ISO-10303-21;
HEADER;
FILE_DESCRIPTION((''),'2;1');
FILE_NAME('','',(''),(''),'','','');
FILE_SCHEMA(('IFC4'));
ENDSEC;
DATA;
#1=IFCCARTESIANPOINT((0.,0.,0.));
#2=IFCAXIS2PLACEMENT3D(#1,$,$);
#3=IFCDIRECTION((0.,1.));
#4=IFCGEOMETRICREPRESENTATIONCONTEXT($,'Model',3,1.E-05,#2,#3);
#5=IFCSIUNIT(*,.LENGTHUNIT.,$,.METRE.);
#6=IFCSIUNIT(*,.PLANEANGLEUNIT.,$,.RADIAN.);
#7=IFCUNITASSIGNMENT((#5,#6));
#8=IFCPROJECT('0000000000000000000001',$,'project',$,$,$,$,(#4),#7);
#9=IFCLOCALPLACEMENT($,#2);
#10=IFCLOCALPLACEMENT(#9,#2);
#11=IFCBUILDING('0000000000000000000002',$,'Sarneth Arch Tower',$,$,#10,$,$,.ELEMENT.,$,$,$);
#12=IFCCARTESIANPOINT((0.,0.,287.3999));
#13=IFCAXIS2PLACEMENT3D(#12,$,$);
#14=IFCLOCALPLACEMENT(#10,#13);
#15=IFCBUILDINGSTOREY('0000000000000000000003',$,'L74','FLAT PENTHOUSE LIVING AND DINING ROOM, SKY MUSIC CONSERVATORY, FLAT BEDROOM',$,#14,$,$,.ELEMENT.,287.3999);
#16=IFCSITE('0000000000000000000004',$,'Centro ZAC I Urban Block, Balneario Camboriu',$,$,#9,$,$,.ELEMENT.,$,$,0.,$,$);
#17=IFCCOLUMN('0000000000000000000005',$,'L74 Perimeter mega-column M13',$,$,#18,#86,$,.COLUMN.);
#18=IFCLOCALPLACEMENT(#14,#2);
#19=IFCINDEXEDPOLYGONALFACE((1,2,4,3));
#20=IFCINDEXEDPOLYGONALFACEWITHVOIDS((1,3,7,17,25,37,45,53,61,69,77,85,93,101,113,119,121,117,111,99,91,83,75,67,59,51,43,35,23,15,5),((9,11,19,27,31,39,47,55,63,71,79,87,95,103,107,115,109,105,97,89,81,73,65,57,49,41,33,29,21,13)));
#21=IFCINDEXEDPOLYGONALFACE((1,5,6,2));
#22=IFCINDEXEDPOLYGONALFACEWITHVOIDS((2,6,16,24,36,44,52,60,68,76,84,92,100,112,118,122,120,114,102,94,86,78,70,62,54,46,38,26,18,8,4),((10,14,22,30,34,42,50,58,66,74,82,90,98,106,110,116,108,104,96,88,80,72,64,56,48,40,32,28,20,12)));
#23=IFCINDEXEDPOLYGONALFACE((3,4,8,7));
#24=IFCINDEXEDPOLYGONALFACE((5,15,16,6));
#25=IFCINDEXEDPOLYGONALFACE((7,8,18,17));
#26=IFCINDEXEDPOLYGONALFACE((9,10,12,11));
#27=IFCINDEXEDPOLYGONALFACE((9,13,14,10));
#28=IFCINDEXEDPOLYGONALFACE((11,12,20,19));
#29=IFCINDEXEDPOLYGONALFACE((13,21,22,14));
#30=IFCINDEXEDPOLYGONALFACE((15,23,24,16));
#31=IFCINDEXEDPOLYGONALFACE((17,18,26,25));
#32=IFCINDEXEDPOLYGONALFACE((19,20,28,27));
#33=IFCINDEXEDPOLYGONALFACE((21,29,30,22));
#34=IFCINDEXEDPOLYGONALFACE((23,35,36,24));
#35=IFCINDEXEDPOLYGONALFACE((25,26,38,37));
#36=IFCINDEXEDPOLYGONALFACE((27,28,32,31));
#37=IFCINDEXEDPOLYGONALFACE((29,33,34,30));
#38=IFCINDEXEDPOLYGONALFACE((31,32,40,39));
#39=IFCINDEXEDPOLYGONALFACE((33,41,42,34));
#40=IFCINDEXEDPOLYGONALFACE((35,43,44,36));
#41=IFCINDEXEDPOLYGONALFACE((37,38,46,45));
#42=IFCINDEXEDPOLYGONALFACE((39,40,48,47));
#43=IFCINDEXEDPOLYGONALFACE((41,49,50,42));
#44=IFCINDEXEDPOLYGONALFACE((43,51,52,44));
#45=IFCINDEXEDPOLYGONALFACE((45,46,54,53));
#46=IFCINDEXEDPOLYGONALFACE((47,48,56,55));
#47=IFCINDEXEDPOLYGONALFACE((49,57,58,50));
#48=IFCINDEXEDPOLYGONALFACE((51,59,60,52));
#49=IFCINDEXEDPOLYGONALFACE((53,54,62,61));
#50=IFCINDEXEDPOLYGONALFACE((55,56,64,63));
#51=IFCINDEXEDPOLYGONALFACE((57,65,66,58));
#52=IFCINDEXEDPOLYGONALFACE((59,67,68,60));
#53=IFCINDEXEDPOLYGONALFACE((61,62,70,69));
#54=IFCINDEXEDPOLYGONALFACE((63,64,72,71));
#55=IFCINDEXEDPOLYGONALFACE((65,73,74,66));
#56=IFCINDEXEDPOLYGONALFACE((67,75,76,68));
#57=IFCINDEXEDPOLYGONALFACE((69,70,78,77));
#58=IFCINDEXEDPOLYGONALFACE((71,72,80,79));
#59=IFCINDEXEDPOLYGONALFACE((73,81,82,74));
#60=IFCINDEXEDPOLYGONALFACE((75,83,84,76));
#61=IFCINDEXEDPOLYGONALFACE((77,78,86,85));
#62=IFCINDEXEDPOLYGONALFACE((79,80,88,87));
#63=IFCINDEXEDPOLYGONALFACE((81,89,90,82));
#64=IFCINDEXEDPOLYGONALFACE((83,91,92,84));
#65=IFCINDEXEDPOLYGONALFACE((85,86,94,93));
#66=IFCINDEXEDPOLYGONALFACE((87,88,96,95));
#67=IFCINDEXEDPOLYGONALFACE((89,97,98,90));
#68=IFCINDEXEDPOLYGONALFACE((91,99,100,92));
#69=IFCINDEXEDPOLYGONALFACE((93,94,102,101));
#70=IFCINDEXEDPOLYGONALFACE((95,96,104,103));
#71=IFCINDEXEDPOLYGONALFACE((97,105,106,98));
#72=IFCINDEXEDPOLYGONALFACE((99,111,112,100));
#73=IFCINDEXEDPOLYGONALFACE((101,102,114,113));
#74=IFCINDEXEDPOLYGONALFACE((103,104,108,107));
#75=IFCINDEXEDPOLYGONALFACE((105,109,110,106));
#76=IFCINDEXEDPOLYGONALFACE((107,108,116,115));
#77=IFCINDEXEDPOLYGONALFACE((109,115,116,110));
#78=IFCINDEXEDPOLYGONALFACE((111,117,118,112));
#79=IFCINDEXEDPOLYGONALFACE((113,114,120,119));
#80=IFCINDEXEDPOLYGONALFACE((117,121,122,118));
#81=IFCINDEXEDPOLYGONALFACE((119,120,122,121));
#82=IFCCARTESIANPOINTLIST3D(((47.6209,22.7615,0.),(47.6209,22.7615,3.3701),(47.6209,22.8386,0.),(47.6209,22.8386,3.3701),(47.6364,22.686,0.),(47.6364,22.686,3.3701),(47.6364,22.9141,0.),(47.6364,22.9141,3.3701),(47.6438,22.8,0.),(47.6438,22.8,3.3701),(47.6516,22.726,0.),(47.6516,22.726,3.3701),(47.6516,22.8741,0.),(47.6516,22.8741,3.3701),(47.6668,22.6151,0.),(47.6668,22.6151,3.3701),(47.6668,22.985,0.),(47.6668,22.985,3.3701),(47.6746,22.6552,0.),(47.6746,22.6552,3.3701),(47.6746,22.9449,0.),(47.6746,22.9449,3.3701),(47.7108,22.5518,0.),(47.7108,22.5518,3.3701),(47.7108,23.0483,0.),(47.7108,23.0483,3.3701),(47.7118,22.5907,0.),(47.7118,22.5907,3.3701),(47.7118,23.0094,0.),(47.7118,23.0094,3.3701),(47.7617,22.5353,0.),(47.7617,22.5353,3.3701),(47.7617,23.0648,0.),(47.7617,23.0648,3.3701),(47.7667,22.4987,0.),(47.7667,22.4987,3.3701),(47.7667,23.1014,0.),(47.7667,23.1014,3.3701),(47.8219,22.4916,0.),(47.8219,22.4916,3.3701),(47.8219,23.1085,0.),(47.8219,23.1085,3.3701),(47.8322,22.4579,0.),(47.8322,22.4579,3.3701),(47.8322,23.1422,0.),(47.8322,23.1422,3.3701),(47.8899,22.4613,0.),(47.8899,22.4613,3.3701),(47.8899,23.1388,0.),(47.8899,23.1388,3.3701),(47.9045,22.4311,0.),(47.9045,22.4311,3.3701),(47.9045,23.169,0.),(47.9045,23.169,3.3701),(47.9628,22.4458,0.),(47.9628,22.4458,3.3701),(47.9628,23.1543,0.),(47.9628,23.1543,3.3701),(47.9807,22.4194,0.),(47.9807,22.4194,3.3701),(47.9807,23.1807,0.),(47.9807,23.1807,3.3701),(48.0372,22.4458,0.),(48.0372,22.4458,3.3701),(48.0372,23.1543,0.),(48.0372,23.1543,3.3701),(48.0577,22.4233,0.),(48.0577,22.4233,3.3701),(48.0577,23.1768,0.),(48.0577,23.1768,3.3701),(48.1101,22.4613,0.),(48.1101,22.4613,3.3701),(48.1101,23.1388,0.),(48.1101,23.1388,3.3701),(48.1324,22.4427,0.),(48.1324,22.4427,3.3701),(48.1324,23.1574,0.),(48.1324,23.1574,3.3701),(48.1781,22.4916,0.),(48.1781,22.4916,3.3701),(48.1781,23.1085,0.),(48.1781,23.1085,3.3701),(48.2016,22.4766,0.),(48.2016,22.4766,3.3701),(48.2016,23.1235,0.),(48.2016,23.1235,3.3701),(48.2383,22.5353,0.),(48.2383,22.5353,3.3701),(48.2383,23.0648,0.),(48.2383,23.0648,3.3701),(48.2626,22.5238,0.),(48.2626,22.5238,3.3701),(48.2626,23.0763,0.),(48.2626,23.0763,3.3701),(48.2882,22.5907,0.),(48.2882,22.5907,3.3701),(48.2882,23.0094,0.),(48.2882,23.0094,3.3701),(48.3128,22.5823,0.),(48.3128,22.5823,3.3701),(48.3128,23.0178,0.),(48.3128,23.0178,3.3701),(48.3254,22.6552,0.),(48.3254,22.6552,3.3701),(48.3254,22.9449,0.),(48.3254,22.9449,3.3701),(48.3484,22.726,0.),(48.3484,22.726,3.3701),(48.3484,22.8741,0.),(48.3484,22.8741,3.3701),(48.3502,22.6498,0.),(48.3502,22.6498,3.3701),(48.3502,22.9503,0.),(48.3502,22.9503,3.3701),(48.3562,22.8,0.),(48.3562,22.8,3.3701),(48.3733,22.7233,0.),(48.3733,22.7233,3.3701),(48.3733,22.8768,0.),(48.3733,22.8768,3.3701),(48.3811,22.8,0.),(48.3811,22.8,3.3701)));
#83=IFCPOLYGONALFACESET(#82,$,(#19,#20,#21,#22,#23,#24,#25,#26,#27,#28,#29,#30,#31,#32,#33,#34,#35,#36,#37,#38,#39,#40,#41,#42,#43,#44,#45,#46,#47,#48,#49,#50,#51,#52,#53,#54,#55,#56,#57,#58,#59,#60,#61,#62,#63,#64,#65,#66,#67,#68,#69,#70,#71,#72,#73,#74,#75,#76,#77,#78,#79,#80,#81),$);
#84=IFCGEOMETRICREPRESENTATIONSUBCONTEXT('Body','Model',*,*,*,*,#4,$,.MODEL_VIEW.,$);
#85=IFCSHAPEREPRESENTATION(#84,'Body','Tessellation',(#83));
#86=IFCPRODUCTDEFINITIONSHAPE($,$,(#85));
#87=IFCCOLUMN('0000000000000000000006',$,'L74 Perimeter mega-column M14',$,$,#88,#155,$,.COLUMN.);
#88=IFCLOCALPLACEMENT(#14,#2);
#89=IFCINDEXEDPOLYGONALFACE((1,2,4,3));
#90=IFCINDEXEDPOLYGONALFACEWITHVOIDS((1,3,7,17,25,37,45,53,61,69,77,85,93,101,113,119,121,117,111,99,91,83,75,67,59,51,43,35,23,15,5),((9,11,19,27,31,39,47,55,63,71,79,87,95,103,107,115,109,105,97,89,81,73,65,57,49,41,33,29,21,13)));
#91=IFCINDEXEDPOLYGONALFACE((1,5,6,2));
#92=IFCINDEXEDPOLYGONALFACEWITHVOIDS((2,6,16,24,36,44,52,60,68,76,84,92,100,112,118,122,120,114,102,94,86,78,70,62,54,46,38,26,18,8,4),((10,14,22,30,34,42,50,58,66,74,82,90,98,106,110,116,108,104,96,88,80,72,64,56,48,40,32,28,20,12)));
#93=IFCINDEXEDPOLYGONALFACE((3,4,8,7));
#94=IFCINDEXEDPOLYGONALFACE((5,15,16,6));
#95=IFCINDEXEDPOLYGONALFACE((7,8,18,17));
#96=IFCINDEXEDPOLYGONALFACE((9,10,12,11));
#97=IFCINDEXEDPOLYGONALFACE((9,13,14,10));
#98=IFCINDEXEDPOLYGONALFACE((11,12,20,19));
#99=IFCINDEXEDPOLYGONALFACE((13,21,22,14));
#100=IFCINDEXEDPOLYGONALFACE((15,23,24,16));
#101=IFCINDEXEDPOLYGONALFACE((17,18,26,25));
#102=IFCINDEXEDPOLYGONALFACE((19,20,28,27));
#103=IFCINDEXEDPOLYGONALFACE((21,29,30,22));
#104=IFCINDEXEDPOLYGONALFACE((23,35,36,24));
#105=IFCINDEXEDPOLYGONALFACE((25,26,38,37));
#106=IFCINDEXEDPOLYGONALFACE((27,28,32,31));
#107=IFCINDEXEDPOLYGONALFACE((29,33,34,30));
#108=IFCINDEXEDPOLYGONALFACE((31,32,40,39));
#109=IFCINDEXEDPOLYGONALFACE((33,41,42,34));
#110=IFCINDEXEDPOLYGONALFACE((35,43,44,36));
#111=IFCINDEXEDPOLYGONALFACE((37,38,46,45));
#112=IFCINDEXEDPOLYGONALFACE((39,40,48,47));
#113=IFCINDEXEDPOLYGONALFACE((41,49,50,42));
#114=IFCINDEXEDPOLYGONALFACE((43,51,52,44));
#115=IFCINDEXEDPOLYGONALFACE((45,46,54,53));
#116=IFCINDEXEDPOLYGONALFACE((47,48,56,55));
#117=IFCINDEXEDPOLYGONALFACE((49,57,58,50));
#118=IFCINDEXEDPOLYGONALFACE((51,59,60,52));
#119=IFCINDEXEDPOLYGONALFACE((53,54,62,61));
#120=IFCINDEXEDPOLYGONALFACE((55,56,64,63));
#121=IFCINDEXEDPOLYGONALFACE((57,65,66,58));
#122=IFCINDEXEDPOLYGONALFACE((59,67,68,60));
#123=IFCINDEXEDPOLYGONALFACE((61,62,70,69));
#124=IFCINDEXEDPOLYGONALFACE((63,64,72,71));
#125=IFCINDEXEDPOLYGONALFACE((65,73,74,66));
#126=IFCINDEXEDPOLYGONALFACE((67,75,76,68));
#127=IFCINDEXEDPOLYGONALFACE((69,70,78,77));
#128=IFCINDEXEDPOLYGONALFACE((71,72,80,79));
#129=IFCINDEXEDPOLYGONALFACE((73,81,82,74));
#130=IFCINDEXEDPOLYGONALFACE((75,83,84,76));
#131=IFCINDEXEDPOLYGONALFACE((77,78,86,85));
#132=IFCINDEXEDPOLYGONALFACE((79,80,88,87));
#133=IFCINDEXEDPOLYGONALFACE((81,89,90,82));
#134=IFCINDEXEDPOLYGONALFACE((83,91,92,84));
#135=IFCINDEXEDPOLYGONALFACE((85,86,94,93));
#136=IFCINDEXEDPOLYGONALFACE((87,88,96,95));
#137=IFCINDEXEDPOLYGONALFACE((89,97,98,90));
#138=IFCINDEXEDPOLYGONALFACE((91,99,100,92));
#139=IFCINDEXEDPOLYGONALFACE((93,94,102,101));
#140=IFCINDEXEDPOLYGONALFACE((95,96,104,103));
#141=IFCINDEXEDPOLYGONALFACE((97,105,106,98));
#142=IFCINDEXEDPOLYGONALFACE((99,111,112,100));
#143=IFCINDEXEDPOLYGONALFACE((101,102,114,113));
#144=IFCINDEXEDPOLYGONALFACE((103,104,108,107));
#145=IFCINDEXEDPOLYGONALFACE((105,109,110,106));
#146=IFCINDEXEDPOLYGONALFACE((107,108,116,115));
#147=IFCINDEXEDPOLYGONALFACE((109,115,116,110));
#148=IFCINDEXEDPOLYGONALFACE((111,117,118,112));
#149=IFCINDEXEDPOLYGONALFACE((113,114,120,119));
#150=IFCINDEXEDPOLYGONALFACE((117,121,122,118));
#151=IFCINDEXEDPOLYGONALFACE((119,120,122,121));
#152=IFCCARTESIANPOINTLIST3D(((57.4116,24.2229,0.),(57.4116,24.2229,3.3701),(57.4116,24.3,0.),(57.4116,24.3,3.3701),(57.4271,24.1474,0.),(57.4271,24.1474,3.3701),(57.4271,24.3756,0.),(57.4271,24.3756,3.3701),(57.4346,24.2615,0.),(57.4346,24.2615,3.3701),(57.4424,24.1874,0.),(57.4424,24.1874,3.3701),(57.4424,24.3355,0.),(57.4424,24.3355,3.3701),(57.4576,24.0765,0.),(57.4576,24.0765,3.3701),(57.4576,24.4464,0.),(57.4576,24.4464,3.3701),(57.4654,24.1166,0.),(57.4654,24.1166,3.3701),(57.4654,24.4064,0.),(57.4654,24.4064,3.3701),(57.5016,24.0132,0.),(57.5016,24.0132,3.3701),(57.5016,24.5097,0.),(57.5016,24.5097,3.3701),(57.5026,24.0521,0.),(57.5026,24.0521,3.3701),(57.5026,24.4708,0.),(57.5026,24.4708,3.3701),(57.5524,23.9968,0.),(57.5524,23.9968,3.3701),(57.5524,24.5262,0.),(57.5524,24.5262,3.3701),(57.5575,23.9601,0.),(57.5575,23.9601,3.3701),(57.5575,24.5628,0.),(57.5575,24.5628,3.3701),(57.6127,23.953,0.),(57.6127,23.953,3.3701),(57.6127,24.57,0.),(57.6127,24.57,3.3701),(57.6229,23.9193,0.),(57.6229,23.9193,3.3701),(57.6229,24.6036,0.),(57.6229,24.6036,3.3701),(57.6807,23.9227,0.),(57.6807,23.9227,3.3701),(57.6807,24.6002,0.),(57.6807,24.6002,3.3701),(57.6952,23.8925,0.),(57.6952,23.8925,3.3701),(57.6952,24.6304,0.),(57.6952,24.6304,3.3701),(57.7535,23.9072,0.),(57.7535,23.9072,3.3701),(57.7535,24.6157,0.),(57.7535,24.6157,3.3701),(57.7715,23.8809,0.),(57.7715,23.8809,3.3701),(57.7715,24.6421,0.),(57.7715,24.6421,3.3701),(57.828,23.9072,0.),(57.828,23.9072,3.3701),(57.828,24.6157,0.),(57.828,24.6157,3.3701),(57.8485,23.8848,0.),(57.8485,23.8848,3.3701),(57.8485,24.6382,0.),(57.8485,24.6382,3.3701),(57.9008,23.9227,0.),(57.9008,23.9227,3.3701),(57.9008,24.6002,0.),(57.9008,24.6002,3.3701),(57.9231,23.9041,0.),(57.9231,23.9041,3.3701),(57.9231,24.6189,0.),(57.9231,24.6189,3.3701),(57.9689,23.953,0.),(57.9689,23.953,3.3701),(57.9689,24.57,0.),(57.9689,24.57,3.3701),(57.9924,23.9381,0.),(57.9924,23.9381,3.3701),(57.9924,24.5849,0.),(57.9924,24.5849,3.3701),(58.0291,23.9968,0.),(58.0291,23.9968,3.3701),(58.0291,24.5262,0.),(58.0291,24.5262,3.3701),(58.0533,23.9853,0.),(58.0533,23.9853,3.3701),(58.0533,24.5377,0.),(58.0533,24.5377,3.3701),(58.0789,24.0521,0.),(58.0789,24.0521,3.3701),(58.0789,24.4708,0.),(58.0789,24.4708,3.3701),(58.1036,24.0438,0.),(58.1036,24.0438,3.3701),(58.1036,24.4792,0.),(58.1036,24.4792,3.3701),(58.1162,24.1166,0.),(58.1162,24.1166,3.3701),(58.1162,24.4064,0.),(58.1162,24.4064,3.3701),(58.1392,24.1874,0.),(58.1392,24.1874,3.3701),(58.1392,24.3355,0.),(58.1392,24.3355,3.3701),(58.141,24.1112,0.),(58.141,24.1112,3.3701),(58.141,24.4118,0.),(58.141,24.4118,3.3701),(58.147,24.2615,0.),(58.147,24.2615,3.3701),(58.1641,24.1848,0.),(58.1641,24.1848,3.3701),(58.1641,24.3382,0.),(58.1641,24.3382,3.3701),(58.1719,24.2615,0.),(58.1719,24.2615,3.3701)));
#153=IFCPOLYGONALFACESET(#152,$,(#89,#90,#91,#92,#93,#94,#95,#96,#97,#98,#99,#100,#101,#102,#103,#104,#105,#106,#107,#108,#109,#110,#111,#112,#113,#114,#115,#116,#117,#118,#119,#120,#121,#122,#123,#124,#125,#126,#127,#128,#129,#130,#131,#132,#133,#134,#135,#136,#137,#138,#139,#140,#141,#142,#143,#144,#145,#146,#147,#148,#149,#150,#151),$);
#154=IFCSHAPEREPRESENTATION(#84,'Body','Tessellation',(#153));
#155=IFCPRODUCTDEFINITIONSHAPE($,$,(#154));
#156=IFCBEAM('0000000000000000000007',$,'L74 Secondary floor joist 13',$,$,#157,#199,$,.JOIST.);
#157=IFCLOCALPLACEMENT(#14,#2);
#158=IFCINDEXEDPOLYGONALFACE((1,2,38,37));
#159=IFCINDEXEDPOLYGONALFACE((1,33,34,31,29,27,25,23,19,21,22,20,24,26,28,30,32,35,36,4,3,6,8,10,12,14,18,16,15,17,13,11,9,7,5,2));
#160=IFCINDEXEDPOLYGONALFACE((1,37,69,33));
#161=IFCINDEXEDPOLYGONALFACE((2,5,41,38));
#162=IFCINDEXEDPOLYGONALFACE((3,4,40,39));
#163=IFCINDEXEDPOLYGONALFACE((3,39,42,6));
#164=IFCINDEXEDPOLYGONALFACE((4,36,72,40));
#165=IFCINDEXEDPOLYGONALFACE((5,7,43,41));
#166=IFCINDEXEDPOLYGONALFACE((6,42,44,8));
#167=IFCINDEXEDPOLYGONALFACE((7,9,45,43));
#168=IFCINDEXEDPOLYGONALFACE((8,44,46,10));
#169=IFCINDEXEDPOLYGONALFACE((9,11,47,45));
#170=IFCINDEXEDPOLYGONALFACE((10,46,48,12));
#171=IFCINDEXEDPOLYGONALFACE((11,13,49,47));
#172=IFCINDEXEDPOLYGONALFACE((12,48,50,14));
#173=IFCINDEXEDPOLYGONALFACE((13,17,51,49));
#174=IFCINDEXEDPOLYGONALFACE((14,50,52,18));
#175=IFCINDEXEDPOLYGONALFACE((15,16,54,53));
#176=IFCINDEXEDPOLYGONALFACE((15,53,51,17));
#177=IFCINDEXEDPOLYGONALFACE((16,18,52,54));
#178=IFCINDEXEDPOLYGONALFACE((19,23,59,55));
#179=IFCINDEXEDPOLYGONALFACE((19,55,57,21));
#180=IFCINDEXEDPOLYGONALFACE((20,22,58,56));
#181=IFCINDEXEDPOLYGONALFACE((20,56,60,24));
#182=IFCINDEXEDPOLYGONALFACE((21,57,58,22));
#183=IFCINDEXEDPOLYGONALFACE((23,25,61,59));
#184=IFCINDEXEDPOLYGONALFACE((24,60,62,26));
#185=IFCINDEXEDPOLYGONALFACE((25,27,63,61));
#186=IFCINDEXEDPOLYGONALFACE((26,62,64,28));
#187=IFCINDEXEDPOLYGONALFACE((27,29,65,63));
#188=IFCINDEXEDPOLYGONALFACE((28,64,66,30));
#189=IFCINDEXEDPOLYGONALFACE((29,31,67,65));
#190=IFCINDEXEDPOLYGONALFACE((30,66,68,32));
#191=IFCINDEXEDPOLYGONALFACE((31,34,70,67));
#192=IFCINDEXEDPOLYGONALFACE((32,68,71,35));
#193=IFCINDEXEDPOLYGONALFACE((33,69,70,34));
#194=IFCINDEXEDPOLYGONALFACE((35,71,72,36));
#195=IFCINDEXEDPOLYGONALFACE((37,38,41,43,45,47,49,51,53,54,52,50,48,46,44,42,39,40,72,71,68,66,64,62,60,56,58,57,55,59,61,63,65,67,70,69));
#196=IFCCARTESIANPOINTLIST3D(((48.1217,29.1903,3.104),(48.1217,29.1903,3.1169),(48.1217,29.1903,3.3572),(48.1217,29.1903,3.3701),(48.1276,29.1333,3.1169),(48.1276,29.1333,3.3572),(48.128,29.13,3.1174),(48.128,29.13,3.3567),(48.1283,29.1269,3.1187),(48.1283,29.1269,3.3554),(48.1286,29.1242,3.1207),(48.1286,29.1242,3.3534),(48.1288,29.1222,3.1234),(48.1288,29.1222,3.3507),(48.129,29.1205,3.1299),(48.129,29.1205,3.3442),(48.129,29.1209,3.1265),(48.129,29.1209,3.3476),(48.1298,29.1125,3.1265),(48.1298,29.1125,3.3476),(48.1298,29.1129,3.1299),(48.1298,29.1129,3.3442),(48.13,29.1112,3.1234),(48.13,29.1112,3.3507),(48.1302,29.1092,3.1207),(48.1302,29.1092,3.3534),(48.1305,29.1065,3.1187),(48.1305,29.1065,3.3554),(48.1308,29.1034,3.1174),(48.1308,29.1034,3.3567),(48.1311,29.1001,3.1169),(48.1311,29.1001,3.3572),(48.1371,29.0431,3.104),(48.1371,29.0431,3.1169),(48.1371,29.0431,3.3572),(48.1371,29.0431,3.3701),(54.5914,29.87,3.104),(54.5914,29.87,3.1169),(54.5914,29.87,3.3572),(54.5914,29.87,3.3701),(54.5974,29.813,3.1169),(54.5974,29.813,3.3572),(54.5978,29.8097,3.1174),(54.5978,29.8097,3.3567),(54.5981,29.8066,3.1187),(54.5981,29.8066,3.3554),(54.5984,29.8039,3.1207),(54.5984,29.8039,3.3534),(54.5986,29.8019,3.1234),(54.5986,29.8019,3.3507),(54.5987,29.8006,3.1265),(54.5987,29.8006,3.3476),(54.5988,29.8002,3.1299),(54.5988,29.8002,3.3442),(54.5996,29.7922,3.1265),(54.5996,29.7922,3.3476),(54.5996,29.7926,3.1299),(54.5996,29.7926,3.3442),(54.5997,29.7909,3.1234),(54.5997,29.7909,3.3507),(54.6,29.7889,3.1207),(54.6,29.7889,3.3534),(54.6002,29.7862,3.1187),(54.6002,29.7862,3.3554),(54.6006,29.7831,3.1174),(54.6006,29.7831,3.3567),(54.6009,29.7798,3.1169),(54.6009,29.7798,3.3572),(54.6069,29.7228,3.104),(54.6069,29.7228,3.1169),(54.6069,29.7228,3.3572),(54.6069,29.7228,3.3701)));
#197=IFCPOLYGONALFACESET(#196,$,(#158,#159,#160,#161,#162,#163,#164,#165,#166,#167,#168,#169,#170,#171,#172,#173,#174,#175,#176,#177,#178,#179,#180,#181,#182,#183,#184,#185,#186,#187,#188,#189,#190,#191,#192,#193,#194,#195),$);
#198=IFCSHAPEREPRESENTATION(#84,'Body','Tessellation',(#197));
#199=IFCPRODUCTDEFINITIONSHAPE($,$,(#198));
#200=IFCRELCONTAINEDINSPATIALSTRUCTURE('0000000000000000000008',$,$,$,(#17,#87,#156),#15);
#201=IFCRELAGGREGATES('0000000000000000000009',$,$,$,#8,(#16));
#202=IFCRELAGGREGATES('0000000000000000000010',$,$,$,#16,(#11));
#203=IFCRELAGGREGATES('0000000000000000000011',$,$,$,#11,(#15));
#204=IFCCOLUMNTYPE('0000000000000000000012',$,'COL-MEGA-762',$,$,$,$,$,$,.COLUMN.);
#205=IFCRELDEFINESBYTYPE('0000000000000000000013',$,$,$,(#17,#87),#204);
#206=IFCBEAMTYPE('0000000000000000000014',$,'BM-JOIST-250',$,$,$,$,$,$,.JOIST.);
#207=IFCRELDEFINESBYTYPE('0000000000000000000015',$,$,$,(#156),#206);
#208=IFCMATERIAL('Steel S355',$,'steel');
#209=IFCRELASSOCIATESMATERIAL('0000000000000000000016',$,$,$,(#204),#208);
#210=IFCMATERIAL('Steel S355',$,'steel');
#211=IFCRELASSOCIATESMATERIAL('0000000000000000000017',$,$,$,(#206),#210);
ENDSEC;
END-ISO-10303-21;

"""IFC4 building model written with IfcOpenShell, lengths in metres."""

from ifc_helpers import new_model, si_unit, direction, frame, origin, origin_2d, place, context, subcontext, project, spatial, hollow_circle, i_section, extrude, material, material_profile, profile_set, type_object, element, save


model = new_model("IFC4")

# Units and contexts
model_context = context("Model", 3, precision=1e-05, world=origin(), true_north=direction((0.0, 1.0)))
body_context = subcontext(model_context, "Body", "Model", "MODEL_VIEW")
ifc_project = project(units=[si_unit("LENGTHUNIT", "METRE"), si_unit("PLANEANGLEUNIT", "RADIAN")], contexts=[model_context])

# Site, building, storey
site_placement = place(None, origin())
site = spatial("IfcSite", under=ifc_project, at=site_placement, Name="Centro ZAC I Urban Block, Balneario Camboriu", CompositionType="ELEMENT", RefElevation=0.0)
building_placement = place(site_placement, origin())
building = spatial("IfcBuilding", under=site, at=building_placement, Name="Sarneth Arch Tower", CompositionType="ELEMENT")
storey_placement = place(building_placement, frame((0.0, 0.0, 287.3999)))
storey = spatial("IfcBuildingStorey", under=building, at=storey_placement, Name="L74", Description="FLAT PENTHOUSE LIVING AND DINING ROOM, SKY MUSIC CONSERVATORY, FLAT BEDROOM", CompositionType="ELEMENT", Elevation=287.3999)

# Columns
ifc_material_1 = material(Name="Steel S355", Category="steel")
ifc_material_profile_1 = material_profile(ifc_material_1, hollow_circle(Radius=0.3811, WallThickness=0.0249, at=origin_2d()), Name="CHS762x25")
ifc_profile_set_1 = profile_set([ifc_material_profile_1], Name="Steel S355")
column_type = type_object("IfcColumnType", Name="COL-MEGA-762", PredefinedType="COLUMN", material=ifc_profile_set_1)
for number, where, z_axis, x_axis, name in (
    (1, (48.0, 22.8, 0.0), (0.0, 0.0, 1.0), (1.0, 0.0, 0.0), "L74 Perimeter mega-column M13"),
    (2, (57.7908, 24.2615, 0.0), (0.0, 0.0, 1.0), (1.0, 0.0, 0.0), "L74 Perimeter mega-column M14"),
):
    element("IfcColumn", number, at=place(storey_placement, frame(where, z_axis=z_axis, x_axis=x_axis)), inside=storey, type_object=column_type, Name=name, PredefinedType="COLUMN", context=body_context, shape_type="SweptSolid", body=[
        extrude(hollow_circle(Radius=0.3811, WallThickness=0.0249, at=origin_2d()), origin(), (0.0, 0.0, 1.0), 3.3701),
    ])

# Beam
ifc_material_2 = material(Name="Steel S355", Category="steel")
ifc_material_profile_2 = material_profile(ifc_material_2, i_section(OverallWidth=0.1479, OverallDepth=0.2661, WebThickness=0.0076, FlangeThickness=0.0129, FilletRadius=0.0129, at=origin_2d()), Name="W250x44.8")
ifc_profile_set_2 = profile_set([ifc_material_profile_2], Name="Steel S355")
beam_type_1 = type_object("IfcBeamType", Name="BM-JOIST-250", PredefinedType="JOIST", material=ifc_profile_set_2)
beam_1_placement = place(storey_placement, frame((48.1294, 29.1167, 3.2371), z_axis=(0.994527, 0.104482, 0.0), x_axis=(-0.104482, 0.994527, 0.0)))
element("IfcBeam", 3, at=beam_1_placement, inside=storey, type_object=beam_type_1, Name="L74 Secondary floor joist 13", PredefinedType="JOIST", context=body_context, shape_type="SweptSolid", body=[
    extrude(i_section(OverallWidth=0.1479, OverallDepth=0.2661, WebThickness=0.0076, FlangeThickness=0.0129, FilletRadius=0.0129, at=origin_2d()), origin(), (0.0, 0.0, 1.0), 6.5054),
])

save(model, "model.ifc")
